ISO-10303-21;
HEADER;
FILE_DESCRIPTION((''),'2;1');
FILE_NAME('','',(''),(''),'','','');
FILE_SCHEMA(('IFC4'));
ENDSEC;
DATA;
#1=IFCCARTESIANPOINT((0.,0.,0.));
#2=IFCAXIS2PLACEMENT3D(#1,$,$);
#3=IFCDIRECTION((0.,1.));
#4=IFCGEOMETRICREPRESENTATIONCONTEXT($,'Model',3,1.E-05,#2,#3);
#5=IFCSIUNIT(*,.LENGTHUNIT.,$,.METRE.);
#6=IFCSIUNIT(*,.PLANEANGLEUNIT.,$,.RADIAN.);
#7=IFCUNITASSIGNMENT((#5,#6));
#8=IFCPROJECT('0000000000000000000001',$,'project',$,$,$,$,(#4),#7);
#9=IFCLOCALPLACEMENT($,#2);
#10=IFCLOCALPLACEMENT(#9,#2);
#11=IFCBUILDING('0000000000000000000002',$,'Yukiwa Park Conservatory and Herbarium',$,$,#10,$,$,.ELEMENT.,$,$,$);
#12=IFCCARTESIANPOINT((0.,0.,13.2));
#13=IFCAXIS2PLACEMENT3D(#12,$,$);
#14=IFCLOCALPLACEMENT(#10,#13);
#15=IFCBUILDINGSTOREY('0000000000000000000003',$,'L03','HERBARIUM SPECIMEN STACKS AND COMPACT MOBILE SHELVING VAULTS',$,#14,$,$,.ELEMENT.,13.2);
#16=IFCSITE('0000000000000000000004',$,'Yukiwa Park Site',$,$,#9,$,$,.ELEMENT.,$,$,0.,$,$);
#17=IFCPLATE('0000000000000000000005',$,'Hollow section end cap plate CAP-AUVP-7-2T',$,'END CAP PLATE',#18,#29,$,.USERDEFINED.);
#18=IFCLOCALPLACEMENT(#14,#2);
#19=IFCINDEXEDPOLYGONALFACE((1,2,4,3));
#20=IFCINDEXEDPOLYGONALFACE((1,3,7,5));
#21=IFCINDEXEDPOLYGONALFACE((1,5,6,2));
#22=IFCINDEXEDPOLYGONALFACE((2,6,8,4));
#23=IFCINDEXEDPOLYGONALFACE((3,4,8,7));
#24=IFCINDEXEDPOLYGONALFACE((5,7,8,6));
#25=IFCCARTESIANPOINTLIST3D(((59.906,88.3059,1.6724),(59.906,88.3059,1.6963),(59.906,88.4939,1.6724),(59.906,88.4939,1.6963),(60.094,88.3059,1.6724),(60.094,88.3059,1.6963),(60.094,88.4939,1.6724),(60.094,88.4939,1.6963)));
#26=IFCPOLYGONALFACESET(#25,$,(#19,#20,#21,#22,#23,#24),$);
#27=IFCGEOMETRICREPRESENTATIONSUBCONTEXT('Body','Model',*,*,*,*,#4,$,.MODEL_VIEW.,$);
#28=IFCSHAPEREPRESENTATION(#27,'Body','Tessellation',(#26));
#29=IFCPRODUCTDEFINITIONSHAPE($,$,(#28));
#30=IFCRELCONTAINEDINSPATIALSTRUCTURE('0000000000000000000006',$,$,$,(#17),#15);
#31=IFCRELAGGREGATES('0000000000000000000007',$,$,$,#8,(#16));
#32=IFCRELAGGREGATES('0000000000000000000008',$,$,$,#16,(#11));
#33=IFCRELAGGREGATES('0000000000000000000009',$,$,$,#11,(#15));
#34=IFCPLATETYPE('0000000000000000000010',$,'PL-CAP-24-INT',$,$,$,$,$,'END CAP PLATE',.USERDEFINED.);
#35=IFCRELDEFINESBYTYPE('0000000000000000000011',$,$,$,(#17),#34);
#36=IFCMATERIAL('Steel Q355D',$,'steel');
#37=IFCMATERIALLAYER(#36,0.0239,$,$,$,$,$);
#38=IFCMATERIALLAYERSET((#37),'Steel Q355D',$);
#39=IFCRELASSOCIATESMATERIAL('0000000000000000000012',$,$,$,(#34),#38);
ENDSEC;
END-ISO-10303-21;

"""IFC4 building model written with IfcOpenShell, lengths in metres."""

from ifc_helpers import new_model, si_unit, direction, frame, origin, origin_2d, place, context, subcontext, project, spatial, rectangle, extrude, material, layer, layer_set, type_object, element, save


model = new_model("IFC4")

# Units and contexts
model_context = context("Model", 3, precision=1e-05, world=origin(), true_north=direction((0.0, 1.0)))
body_context = subcontext(model_context, "Body", "Model", "MODEL_VIEW")
ifc_project = project(units=[si_unit("LENGTHUNIT", "METRE"), si_unit("PLANEANGLEUNIT", "RADIAN")], contexts=[model_context])

# Site, building, storey
site_placement = place(None, origin())
site = spatial("IfcSite", under=ifc_project, at=site_placement, Name="Yukiwa Park Site", CompositionType="ELEMENT", RefElevation=0.0)
building_placement = place(site_placement, origin())
building = spatial("IfcBuilding", under=site, at=building_placement, Name="Yukiwa Park Conservatory and Herbarium", CompositionType="ELEMENT")
storey_placement = place(building_placement, frame((0.0, 0.0, 13.2)))
storey = spatial("IfcBuildingStorey", under=building, at=storey_placement, Name="L03", Description="HERBARIUM SPECIMEN STACKS AND COMPACT MOBILE SHELVING VAULTS", CompositionType="ELEMENT", Elevation=13.2)

# Plate
ifc_material_1 = material(Name="Steel Q355D", Category="steel")
ifc_layer_1 = layer(ifc_material_1, 0.0239)
ifc_layer_set_1 = layer_set([ifc_layer_1], Name="Steel Q355D")
plate_type_1 = type_object("IfcPlateType", Name="PL-CAP-24-INT", ElementType="END CAP PLATE", PredefinedType="USERDEFINED", material=ifc_layer_set_1)
plate_1_placement = place(storey_placement, frame((60.0, 88.3999, 1.6724), z_axis=(0.0, 0.0, 1.0), x_axis=(1.0, 0.0, 0.0)))
element("IfcPlate", 1, at=plate_1_placement, inside=storey, type_object=plate_type_1, Name="Hollow section end cap plate CAP-AUVP-7-2T", ObjectType="END CAP PLATE", PredefinedType="USERDEFINED", context=body_context, shape_type="SweptSolid", body=[
    extrude(rectangle(XDim=0.188, YDim=0.188, at=origin_2d()), origin(), (0.0, 0.0, 1.0), 0.0239),
])

save(model, "model.ifc")
